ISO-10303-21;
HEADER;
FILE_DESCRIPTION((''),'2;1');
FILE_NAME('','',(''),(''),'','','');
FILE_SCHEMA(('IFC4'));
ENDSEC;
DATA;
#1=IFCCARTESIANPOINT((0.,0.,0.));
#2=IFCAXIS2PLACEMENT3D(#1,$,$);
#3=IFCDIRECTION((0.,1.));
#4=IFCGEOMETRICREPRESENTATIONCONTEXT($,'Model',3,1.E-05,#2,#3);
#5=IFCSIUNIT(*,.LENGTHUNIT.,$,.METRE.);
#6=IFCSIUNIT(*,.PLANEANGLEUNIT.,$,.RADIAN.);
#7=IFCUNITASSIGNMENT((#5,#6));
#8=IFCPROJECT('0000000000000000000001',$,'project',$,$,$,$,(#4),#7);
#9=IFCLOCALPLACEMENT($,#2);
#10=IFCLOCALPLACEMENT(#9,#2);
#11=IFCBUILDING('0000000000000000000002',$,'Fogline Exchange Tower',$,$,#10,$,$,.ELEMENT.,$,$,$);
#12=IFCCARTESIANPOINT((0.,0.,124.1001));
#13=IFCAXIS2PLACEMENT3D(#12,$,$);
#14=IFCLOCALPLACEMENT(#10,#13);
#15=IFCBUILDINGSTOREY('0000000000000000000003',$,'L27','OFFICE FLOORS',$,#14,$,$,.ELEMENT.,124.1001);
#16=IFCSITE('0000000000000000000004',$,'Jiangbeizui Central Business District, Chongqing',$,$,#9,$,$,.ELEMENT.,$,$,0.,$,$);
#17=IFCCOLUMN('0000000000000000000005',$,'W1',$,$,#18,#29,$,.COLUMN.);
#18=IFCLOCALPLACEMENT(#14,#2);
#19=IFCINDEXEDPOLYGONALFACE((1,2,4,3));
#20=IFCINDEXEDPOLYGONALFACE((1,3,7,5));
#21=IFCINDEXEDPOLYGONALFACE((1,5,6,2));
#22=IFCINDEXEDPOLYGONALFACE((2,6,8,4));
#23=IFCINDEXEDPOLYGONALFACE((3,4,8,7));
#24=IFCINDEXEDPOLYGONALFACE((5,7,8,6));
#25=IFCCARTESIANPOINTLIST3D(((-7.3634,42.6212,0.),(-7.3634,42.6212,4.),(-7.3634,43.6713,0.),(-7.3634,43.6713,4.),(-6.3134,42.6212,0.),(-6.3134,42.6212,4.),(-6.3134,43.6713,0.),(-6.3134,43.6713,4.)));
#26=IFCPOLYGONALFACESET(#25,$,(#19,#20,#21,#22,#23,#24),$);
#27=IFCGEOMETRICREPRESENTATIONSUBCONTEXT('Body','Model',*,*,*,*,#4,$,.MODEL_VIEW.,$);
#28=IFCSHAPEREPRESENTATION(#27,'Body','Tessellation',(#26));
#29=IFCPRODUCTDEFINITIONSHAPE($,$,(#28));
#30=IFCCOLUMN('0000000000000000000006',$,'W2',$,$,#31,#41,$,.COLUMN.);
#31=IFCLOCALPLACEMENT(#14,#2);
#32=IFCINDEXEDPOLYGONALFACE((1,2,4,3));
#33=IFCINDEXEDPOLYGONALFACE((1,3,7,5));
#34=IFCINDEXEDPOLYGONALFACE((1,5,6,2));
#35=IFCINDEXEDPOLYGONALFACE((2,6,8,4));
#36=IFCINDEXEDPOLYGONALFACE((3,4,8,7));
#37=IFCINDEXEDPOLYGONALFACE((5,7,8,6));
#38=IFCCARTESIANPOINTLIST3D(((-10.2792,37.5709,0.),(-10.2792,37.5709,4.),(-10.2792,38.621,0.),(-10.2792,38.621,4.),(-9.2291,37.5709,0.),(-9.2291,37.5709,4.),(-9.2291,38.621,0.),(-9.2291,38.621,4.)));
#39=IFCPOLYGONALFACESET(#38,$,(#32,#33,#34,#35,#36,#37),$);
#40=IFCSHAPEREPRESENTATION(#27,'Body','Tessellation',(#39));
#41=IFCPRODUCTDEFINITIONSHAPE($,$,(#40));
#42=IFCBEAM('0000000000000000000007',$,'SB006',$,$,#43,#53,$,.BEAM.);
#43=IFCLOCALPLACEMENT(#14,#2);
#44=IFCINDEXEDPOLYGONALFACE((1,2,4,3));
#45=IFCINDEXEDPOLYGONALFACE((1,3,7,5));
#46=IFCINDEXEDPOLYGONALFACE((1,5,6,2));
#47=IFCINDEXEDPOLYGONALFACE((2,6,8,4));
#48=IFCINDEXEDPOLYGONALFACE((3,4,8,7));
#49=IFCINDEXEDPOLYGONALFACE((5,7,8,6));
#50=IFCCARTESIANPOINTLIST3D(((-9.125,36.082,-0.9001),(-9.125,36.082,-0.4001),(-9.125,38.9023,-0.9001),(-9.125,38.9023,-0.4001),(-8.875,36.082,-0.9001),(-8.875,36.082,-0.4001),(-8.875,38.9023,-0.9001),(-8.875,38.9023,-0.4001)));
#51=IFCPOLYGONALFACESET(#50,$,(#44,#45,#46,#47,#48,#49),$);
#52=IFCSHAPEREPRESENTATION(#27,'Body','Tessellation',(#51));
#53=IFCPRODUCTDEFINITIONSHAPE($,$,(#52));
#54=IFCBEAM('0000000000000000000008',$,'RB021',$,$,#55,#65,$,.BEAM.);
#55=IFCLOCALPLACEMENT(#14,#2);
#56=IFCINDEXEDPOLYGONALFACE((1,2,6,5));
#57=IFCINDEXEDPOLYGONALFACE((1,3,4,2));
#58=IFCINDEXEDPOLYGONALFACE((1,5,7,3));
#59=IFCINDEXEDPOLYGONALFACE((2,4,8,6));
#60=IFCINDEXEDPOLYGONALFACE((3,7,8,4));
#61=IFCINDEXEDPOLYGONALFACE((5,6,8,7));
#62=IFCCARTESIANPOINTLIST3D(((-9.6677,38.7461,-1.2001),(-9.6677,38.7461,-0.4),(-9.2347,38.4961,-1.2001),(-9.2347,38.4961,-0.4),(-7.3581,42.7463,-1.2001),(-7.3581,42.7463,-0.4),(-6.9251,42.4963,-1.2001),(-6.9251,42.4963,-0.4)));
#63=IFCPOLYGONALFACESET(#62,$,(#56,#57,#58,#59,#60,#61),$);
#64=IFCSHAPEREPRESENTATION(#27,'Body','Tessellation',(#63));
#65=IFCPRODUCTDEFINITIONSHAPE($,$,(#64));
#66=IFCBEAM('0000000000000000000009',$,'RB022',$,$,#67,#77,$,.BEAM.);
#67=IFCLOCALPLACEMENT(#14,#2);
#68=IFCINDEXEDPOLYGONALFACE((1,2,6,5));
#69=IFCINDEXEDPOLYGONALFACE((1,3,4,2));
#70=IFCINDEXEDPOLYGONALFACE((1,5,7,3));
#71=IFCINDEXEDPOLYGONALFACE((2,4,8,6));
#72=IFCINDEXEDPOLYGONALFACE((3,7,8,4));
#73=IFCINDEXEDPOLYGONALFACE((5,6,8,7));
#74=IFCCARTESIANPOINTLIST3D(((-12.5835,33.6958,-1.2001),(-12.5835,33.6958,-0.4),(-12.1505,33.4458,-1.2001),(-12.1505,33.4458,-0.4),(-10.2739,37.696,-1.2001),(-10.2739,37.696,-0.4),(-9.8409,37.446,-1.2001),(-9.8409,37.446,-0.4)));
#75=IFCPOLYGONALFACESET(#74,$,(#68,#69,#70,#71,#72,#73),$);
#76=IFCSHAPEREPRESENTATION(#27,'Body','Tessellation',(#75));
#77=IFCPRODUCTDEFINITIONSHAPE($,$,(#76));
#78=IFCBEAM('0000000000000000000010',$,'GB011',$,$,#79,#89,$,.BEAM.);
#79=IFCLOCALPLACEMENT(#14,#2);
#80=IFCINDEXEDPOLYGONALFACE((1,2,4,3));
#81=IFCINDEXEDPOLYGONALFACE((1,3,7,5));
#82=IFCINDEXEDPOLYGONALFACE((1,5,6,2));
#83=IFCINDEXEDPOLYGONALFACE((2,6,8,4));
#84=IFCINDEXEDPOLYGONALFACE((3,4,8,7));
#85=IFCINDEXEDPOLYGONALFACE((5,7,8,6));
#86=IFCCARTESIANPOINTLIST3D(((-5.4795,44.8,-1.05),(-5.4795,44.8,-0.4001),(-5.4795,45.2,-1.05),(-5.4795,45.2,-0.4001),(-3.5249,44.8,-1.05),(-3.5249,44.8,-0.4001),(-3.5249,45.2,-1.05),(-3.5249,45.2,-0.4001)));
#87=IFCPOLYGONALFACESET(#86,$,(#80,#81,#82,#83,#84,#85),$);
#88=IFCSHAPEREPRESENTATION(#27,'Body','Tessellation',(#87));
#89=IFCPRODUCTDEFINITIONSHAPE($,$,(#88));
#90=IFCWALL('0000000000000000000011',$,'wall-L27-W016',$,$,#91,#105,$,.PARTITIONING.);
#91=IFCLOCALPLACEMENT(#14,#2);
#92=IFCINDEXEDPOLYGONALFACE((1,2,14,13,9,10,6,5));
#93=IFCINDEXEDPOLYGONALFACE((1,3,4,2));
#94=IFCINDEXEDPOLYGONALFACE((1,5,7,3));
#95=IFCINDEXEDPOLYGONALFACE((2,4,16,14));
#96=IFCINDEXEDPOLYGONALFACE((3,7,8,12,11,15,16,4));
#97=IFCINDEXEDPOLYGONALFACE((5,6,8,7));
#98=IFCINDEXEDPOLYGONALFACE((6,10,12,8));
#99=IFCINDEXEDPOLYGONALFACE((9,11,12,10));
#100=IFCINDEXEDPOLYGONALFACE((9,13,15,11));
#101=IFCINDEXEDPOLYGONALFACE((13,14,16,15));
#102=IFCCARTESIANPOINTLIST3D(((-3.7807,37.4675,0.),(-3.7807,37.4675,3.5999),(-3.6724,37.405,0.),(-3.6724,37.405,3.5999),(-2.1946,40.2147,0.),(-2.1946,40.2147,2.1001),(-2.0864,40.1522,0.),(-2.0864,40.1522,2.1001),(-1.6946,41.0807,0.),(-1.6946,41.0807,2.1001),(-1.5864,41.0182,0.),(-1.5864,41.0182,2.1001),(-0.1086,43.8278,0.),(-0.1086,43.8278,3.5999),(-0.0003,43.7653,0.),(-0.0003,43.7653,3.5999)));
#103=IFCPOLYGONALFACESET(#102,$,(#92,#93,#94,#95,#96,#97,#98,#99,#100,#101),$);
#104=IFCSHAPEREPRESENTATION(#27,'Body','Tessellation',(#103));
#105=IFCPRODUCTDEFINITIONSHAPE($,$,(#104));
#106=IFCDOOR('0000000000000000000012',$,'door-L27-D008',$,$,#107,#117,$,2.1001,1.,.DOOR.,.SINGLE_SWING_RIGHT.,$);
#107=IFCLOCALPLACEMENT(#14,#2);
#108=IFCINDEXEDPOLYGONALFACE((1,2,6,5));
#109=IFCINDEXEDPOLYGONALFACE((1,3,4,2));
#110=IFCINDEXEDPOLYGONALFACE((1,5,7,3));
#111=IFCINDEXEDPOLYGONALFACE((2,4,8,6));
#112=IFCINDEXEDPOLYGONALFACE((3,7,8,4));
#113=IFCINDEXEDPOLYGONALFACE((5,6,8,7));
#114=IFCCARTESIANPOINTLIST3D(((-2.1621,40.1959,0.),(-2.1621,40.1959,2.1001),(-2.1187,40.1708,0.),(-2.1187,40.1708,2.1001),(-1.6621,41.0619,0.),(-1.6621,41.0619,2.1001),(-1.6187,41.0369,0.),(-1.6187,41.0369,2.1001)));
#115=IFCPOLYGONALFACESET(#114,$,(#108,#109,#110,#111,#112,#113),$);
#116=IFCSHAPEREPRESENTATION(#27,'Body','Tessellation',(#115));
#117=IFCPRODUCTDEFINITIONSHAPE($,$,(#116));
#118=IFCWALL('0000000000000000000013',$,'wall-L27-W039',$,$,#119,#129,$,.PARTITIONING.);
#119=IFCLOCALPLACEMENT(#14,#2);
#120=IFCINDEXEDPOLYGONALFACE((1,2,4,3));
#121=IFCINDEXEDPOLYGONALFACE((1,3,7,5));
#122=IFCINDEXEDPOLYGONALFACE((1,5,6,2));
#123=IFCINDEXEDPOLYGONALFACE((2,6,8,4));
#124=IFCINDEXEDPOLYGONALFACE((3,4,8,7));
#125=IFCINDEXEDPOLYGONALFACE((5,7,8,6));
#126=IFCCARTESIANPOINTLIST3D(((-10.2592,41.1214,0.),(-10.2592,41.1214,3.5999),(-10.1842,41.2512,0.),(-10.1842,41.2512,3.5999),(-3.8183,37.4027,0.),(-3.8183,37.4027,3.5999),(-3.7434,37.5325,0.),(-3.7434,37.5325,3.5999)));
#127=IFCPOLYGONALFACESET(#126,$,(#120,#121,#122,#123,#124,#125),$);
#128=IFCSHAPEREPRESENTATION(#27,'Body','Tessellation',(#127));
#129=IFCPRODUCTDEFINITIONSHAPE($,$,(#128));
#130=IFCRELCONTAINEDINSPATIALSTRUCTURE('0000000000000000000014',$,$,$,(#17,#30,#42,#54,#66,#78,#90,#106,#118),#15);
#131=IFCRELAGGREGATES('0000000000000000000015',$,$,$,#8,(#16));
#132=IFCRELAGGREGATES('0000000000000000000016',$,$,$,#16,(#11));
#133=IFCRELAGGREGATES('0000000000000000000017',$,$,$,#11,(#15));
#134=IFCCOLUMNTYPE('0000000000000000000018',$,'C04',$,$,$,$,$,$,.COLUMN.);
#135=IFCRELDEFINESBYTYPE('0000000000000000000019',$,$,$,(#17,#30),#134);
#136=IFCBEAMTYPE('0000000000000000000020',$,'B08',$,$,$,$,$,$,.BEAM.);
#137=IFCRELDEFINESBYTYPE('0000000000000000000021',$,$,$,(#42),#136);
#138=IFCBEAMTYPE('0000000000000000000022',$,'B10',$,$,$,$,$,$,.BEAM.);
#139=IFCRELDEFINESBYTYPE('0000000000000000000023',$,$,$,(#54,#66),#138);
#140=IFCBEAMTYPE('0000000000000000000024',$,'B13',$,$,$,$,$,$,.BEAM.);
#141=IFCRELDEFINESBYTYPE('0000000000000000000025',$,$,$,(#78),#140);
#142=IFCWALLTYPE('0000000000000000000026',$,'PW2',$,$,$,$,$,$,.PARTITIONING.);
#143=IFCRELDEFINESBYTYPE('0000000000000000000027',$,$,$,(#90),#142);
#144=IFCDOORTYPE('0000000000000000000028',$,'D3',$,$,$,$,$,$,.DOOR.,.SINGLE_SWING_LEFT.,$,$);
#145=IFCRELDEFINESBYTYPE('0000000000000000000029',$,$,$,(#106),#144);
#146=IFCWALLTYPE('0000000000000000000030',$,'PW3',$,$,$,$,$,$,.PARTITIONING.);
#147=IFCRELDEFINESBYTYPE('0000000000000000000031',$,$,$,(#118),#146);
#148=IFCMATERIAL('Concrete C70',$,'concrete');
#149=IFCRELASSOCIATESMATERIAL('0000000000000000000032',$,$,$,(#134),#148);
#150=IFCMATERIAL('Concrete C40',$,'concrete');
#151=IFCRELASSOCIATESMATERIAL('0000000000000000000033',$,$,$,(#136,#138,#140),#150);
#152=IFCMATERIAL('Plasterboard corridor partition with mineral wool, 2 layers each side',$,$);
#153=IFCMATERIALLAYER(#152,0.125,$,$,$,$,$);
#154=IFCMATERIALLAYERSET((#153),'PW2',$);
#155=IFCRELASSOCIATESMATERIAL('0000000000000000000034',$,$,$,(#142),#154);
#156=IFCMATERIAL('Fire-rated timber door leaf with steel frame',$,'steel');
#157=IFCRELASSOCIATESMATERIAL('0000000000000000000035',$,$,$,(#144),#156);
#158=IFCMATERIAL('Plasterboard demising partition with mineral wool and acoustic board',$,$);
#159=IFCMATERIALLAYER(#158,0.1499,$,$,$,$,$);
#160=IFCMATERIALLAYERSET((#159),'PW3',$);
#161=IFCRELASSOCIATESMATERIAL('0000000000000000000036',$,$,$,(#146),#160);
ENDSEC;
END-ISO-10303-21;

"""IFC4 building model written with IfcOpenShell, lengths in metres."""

from ifc_helpers import new_model, si_unit, direction, frame, frame_2d, origin, origin_2d, place, context, subcontext, project, spatial, rectangle, extrude, material, layer, layer_set, material_profile, profile_set, type_object, element, fill, save


model = new_model("IFC4")

# Units and contexts
model_context = context("Model", 3, precision=1e-05, world=origin(), true_north=direction((0.0, 1.0)))
body_context = subcontext(model_context, "Body", "Model", "MODEL_VIEW")
ifc_project = project(units=[si_unit("LENGTHUNIT", "METRE"), si_unit("PLANEANGLEUNIT", "RADIAN")], contexts=[model_context])

# Site, building, storey
site_placement = place(None, origin())
site = spatial("IfcSite", under=ifc_project, at=site_placement, Name="Jiangbeizui Central Business District, Chongqing", CompositionType="ELEMENT", RefElevation=0.0)
building_placement = place(site_placement, origin())
building = spatial("IfcBuilding", under=site, at=building_placement, Name="Fogline Exchange Tower", CompositionType="ELEMENT")
storey_placement = place(building_placement, frame((0.0, 0.0, 124.1001)))
storey = spatial("IfcBuildingStorey", under=building, at=storey_placement, Name="L27", Description="OFFICE FLOORS", CompositionType="ELEMENT", Elevation=124.1001)

# Columns
ifc_material_1 = material(Name="Concrete C70", Category="concrete")
ifc_material_profile_1 = material_profile(ifc_material_1, rectangle(XDim=1.05, YDim=1.05, at=origin_2d()), Name="RC 1050x1050")
ifc_profile_set_1 = profile_set([ifc_material_profile_1], Name="Concrete C70")
column_type = type_object("IfcColumnType", Name="C04", PredefinedType="COLUMN", material=ifc_profile_set_1)
for number, where, z_axis, x_axis, name in (
    (1, (-6.8384, 43.1462, 0.0), (0.0, 0.0, 1.0), (1.0, 0.0, 0.0), "W1"),
    (2, (-9.7542, 38.0959, 0.0), (0.0, 0.0, 1.0), (1.0, 0.0, 0.0), "W2"),
):
    element("IfcColumn", number, at=place(storey_placement, frame(where, z_axis=z_axis, x_axis=x_axis)), inside=storey, type_object=column_type, Name=name, PredefinedType="COLUMN", context=body_context, shape_type="SweptSolid", body=[
        extrude(rectangle(XDim=1.05, YDim=1.05, at=origin_2d()), origin(), (0.0, 0.0, 1.0), 4.0),
    ])

# Beams
ifc_material_2 = material(Name="Concrete C40", Category="concrete")
ifc_material_profile_2 = material_profile(ifc_material_2, rectangle(XDim=0.25, YDim=0.5, at=origin_2d()), Name="RC 250x500")
ifc_profile_set_2 = profile_set([ifc_material_profile_2], Name="Concrete C40")
beam_type_1 = type_object("IfcBeamType", Name="B08", PredefinedType="BEAM", material=ifc_profile_set_2)
beam_1_placement = place(storey_placement, frame((-9.0, 36.082, -0.6501), z_axis=(0.0, 1.0, 0.0), x_axis=(-1.0, 0.0, 0.0)))
element("IfcBeam", 3, at=beam_1_placement, inside=storey, type_object=beam_type_1, Name="SB006", PredefinedType="BEAM", context=body_context, shape_type="SweptSolid", body=[
    extrude(rectangle(XDim=0.25, YDim=0.5, at=origin_2d()), origin(), (0.0, 0.0, 1.0), 2.8203),
])
ifc_material_profile_3 = material_profile(ifc_material_2, rectangle(XDim=0.5, YDim=0.8, at=origin_2d()), Name="RC 500x800")
ifc_profile_set_3 = profile_set([ifc_material_profile_3], Name="Concrete C40")
beam_type_2 = type_object("IfcBeamType", Name="B10", PredefinedType="BEAM", material=ifc_profile_set_3)
for number, where, z_axis, x_axis, name in (
    (4, (-7.1416, 42.6213, -0.8), (-0.500005, -0.866023, 0.0), (0.866023, -0.500005, 0.0), "RB021"),
    (5, (-10.0574, 37.571, -0.8), (-0.500005, -0.866023, 0.0), (0.866023, -0.500005, 0.0), "RB022"),
):
    element("IfcBeam", number, at=place(storey_placement, frame(where, z_axis=z_axis, x_axis=x_axis)), inside=storey, type_object=beam_type_2, Name=name, PredefinedType="BEAM", context=body_context, shape_type="SweptSolid", body=[
        extrude(rectangle(XDim=0.5, YDim=0.8, at=origin_2d()), origin(), (0.0, 0.0, 1.0), 4.6191),
    ])
ifc_material_profile_4 = material_profile(ifc_material_2, rectangle(XDim=0.3999, YDim=0.6499, at=origin_2d()), Name="RC 400x650")
ifc_profile_set_4 = profile_set([ifc_material_profile_4], Name="Concrete C40")
beam_type_3 = type_object("IfcBeamType", Name="B13", PredefinedType="BEAM", material=ifc_profile_set_4)
beam_2_placement = place(storey_placement, frame((-5.4795, 45.0, -0.7251), z_axis=(1.0, 0.0, 0.0), x_axis=(0.0, 1.0, 0.0)))
element("IfcBeam", 6, at=beam_2_placement, inside=storey, type_object=beam_type_3, Name="GB011", PredefinedType="BEAM", context=body_context, shape_type="SweptSolid", body=[
    extrude(rectangle(XDim=0.3999, YDim=0.6499, at=origin_2d()), origin(), (0.0, 0.0, 1.0), 1.9546),
])

# Wall, opening, door
ifc_material_3 = material(Name="Plasterboard corridor partition with mineral wool, 2 layers each side")
ifc_layer_1 = layer(ifc_material_3, 0.125)
ifc_layer_set_1 = layer_set([ifc_layer_1], Name="PW2")
wall_type_1 = type_object("IfcWallType", Name="PW2", PredefinedType="PARTITIONING", material=ifc_layer_set_1)
wall_1_placement = place(storey_placement, frame((-3.7266, 37.4363, 0.0), z_axis=(0.0, 0.0, 1.0), x_axis=(0.499997, 0.866027, 0.0)))
wall_1 = element("IfcWall", 7, at=wall_1_placement, inside=storey, type_object=wall_type_1, Name="wall-L27-W016", PredefinedType="PARTITIONING", context=body_context, shape_type="SweptSolid", body=[
    extrude(rectangle(XDim=7.3442, YDim=0.125, at=frame_2d((3.6721, 0.0))), origin(), (0.0, 0.0, 1.0), 3.5999),
])
opening_placement = place(wall_1_placement, frame((3.1721, 0.0, 0.0)))
opening = element("IfcOpeningElement", 8, at=opening_placement, cuts=wall_1, PredefinedType="OPENING", context=body_context, shape_type="SweptSolid", body=[
    extrude(rectangle(XDim=1.0, YDim=2.1001, at=frame_2d((0.5, 1.05))), frame((0.0, 0.0725, 0.0), z_axis=(0.0, -1.0, 0.0), x_axis=(1.0, 0.0, 0.0)), (0.0, 0.0, 1.0), 0.145),
])
ifc_material_4 = material(Name="Fire-rated timber door leaf with steel frame", Category="steel")
door_type = type_object("IfcDoorType", Name="D3", OperationType="SINGLE_SWING_LEFT", PredefinedType="DOOR", material=ifc_material_4)
door_placement = place(opening_placement, origin())
door = element("IfcDoor", 9, at=door_placement, inside=storey, type_object=door_type, Name="door-L27-D008", OperationType="SINGLE_SWING_RIGHT", OverallHeight=2.1001, OverallWidth=1.0, PredefinedType="DOOR", context=body_context, shape_type="SweptSolid", body=[
    extrude(rectangle(XDim=1.0, YDim=2.1001, at=frame_2d((0.5, 1.05))), frame((0.0, 0.0249, 0.0), z_axis=(0.0, -1.0, 0.0), x_axis=(1.0, 0.0, 0.0)), (0.0, 0.0, 1.0), 0.05),
])
fill(opening, door)

# Wall
ifc_material_5 = material(Name="Plasterboard demising partition with mineral wool and acoustic board")
ifc_layer_2 = layer(ifc_material_5, 0.1499)
ifc_layer_set_2 = layer_set([ifc_layer_2], Name="PW3")
wall_type_2 = type_object("IfcWallType", Name="PW3", PredefinedType="PARTITIONING", material=ifc_layer_set_2)
wall_2_placement = place(storey_placement, frame((-3.7808, 37.4675, 0.0), z_axis=(0.0, 0.0, 1.0), x_axis=(-0.86602, 0.500008, 0.0)))
element("IfcWall", 10, at=wall_2_placement, inside=storey, type_object=wall_type_2, Name="wall-L27-W039", PredefinedType="PARTITIONING", context=body_context, shape_type="SweptSolid", body=[
    extrude(rectangle(XDim=7.4373, YDim=0.1499, at=frame_2d((3.7188, 0.0))), origin(), (0.0, 0.0, 1.0), 3.5999),
])

save(model, "model.ifc")
